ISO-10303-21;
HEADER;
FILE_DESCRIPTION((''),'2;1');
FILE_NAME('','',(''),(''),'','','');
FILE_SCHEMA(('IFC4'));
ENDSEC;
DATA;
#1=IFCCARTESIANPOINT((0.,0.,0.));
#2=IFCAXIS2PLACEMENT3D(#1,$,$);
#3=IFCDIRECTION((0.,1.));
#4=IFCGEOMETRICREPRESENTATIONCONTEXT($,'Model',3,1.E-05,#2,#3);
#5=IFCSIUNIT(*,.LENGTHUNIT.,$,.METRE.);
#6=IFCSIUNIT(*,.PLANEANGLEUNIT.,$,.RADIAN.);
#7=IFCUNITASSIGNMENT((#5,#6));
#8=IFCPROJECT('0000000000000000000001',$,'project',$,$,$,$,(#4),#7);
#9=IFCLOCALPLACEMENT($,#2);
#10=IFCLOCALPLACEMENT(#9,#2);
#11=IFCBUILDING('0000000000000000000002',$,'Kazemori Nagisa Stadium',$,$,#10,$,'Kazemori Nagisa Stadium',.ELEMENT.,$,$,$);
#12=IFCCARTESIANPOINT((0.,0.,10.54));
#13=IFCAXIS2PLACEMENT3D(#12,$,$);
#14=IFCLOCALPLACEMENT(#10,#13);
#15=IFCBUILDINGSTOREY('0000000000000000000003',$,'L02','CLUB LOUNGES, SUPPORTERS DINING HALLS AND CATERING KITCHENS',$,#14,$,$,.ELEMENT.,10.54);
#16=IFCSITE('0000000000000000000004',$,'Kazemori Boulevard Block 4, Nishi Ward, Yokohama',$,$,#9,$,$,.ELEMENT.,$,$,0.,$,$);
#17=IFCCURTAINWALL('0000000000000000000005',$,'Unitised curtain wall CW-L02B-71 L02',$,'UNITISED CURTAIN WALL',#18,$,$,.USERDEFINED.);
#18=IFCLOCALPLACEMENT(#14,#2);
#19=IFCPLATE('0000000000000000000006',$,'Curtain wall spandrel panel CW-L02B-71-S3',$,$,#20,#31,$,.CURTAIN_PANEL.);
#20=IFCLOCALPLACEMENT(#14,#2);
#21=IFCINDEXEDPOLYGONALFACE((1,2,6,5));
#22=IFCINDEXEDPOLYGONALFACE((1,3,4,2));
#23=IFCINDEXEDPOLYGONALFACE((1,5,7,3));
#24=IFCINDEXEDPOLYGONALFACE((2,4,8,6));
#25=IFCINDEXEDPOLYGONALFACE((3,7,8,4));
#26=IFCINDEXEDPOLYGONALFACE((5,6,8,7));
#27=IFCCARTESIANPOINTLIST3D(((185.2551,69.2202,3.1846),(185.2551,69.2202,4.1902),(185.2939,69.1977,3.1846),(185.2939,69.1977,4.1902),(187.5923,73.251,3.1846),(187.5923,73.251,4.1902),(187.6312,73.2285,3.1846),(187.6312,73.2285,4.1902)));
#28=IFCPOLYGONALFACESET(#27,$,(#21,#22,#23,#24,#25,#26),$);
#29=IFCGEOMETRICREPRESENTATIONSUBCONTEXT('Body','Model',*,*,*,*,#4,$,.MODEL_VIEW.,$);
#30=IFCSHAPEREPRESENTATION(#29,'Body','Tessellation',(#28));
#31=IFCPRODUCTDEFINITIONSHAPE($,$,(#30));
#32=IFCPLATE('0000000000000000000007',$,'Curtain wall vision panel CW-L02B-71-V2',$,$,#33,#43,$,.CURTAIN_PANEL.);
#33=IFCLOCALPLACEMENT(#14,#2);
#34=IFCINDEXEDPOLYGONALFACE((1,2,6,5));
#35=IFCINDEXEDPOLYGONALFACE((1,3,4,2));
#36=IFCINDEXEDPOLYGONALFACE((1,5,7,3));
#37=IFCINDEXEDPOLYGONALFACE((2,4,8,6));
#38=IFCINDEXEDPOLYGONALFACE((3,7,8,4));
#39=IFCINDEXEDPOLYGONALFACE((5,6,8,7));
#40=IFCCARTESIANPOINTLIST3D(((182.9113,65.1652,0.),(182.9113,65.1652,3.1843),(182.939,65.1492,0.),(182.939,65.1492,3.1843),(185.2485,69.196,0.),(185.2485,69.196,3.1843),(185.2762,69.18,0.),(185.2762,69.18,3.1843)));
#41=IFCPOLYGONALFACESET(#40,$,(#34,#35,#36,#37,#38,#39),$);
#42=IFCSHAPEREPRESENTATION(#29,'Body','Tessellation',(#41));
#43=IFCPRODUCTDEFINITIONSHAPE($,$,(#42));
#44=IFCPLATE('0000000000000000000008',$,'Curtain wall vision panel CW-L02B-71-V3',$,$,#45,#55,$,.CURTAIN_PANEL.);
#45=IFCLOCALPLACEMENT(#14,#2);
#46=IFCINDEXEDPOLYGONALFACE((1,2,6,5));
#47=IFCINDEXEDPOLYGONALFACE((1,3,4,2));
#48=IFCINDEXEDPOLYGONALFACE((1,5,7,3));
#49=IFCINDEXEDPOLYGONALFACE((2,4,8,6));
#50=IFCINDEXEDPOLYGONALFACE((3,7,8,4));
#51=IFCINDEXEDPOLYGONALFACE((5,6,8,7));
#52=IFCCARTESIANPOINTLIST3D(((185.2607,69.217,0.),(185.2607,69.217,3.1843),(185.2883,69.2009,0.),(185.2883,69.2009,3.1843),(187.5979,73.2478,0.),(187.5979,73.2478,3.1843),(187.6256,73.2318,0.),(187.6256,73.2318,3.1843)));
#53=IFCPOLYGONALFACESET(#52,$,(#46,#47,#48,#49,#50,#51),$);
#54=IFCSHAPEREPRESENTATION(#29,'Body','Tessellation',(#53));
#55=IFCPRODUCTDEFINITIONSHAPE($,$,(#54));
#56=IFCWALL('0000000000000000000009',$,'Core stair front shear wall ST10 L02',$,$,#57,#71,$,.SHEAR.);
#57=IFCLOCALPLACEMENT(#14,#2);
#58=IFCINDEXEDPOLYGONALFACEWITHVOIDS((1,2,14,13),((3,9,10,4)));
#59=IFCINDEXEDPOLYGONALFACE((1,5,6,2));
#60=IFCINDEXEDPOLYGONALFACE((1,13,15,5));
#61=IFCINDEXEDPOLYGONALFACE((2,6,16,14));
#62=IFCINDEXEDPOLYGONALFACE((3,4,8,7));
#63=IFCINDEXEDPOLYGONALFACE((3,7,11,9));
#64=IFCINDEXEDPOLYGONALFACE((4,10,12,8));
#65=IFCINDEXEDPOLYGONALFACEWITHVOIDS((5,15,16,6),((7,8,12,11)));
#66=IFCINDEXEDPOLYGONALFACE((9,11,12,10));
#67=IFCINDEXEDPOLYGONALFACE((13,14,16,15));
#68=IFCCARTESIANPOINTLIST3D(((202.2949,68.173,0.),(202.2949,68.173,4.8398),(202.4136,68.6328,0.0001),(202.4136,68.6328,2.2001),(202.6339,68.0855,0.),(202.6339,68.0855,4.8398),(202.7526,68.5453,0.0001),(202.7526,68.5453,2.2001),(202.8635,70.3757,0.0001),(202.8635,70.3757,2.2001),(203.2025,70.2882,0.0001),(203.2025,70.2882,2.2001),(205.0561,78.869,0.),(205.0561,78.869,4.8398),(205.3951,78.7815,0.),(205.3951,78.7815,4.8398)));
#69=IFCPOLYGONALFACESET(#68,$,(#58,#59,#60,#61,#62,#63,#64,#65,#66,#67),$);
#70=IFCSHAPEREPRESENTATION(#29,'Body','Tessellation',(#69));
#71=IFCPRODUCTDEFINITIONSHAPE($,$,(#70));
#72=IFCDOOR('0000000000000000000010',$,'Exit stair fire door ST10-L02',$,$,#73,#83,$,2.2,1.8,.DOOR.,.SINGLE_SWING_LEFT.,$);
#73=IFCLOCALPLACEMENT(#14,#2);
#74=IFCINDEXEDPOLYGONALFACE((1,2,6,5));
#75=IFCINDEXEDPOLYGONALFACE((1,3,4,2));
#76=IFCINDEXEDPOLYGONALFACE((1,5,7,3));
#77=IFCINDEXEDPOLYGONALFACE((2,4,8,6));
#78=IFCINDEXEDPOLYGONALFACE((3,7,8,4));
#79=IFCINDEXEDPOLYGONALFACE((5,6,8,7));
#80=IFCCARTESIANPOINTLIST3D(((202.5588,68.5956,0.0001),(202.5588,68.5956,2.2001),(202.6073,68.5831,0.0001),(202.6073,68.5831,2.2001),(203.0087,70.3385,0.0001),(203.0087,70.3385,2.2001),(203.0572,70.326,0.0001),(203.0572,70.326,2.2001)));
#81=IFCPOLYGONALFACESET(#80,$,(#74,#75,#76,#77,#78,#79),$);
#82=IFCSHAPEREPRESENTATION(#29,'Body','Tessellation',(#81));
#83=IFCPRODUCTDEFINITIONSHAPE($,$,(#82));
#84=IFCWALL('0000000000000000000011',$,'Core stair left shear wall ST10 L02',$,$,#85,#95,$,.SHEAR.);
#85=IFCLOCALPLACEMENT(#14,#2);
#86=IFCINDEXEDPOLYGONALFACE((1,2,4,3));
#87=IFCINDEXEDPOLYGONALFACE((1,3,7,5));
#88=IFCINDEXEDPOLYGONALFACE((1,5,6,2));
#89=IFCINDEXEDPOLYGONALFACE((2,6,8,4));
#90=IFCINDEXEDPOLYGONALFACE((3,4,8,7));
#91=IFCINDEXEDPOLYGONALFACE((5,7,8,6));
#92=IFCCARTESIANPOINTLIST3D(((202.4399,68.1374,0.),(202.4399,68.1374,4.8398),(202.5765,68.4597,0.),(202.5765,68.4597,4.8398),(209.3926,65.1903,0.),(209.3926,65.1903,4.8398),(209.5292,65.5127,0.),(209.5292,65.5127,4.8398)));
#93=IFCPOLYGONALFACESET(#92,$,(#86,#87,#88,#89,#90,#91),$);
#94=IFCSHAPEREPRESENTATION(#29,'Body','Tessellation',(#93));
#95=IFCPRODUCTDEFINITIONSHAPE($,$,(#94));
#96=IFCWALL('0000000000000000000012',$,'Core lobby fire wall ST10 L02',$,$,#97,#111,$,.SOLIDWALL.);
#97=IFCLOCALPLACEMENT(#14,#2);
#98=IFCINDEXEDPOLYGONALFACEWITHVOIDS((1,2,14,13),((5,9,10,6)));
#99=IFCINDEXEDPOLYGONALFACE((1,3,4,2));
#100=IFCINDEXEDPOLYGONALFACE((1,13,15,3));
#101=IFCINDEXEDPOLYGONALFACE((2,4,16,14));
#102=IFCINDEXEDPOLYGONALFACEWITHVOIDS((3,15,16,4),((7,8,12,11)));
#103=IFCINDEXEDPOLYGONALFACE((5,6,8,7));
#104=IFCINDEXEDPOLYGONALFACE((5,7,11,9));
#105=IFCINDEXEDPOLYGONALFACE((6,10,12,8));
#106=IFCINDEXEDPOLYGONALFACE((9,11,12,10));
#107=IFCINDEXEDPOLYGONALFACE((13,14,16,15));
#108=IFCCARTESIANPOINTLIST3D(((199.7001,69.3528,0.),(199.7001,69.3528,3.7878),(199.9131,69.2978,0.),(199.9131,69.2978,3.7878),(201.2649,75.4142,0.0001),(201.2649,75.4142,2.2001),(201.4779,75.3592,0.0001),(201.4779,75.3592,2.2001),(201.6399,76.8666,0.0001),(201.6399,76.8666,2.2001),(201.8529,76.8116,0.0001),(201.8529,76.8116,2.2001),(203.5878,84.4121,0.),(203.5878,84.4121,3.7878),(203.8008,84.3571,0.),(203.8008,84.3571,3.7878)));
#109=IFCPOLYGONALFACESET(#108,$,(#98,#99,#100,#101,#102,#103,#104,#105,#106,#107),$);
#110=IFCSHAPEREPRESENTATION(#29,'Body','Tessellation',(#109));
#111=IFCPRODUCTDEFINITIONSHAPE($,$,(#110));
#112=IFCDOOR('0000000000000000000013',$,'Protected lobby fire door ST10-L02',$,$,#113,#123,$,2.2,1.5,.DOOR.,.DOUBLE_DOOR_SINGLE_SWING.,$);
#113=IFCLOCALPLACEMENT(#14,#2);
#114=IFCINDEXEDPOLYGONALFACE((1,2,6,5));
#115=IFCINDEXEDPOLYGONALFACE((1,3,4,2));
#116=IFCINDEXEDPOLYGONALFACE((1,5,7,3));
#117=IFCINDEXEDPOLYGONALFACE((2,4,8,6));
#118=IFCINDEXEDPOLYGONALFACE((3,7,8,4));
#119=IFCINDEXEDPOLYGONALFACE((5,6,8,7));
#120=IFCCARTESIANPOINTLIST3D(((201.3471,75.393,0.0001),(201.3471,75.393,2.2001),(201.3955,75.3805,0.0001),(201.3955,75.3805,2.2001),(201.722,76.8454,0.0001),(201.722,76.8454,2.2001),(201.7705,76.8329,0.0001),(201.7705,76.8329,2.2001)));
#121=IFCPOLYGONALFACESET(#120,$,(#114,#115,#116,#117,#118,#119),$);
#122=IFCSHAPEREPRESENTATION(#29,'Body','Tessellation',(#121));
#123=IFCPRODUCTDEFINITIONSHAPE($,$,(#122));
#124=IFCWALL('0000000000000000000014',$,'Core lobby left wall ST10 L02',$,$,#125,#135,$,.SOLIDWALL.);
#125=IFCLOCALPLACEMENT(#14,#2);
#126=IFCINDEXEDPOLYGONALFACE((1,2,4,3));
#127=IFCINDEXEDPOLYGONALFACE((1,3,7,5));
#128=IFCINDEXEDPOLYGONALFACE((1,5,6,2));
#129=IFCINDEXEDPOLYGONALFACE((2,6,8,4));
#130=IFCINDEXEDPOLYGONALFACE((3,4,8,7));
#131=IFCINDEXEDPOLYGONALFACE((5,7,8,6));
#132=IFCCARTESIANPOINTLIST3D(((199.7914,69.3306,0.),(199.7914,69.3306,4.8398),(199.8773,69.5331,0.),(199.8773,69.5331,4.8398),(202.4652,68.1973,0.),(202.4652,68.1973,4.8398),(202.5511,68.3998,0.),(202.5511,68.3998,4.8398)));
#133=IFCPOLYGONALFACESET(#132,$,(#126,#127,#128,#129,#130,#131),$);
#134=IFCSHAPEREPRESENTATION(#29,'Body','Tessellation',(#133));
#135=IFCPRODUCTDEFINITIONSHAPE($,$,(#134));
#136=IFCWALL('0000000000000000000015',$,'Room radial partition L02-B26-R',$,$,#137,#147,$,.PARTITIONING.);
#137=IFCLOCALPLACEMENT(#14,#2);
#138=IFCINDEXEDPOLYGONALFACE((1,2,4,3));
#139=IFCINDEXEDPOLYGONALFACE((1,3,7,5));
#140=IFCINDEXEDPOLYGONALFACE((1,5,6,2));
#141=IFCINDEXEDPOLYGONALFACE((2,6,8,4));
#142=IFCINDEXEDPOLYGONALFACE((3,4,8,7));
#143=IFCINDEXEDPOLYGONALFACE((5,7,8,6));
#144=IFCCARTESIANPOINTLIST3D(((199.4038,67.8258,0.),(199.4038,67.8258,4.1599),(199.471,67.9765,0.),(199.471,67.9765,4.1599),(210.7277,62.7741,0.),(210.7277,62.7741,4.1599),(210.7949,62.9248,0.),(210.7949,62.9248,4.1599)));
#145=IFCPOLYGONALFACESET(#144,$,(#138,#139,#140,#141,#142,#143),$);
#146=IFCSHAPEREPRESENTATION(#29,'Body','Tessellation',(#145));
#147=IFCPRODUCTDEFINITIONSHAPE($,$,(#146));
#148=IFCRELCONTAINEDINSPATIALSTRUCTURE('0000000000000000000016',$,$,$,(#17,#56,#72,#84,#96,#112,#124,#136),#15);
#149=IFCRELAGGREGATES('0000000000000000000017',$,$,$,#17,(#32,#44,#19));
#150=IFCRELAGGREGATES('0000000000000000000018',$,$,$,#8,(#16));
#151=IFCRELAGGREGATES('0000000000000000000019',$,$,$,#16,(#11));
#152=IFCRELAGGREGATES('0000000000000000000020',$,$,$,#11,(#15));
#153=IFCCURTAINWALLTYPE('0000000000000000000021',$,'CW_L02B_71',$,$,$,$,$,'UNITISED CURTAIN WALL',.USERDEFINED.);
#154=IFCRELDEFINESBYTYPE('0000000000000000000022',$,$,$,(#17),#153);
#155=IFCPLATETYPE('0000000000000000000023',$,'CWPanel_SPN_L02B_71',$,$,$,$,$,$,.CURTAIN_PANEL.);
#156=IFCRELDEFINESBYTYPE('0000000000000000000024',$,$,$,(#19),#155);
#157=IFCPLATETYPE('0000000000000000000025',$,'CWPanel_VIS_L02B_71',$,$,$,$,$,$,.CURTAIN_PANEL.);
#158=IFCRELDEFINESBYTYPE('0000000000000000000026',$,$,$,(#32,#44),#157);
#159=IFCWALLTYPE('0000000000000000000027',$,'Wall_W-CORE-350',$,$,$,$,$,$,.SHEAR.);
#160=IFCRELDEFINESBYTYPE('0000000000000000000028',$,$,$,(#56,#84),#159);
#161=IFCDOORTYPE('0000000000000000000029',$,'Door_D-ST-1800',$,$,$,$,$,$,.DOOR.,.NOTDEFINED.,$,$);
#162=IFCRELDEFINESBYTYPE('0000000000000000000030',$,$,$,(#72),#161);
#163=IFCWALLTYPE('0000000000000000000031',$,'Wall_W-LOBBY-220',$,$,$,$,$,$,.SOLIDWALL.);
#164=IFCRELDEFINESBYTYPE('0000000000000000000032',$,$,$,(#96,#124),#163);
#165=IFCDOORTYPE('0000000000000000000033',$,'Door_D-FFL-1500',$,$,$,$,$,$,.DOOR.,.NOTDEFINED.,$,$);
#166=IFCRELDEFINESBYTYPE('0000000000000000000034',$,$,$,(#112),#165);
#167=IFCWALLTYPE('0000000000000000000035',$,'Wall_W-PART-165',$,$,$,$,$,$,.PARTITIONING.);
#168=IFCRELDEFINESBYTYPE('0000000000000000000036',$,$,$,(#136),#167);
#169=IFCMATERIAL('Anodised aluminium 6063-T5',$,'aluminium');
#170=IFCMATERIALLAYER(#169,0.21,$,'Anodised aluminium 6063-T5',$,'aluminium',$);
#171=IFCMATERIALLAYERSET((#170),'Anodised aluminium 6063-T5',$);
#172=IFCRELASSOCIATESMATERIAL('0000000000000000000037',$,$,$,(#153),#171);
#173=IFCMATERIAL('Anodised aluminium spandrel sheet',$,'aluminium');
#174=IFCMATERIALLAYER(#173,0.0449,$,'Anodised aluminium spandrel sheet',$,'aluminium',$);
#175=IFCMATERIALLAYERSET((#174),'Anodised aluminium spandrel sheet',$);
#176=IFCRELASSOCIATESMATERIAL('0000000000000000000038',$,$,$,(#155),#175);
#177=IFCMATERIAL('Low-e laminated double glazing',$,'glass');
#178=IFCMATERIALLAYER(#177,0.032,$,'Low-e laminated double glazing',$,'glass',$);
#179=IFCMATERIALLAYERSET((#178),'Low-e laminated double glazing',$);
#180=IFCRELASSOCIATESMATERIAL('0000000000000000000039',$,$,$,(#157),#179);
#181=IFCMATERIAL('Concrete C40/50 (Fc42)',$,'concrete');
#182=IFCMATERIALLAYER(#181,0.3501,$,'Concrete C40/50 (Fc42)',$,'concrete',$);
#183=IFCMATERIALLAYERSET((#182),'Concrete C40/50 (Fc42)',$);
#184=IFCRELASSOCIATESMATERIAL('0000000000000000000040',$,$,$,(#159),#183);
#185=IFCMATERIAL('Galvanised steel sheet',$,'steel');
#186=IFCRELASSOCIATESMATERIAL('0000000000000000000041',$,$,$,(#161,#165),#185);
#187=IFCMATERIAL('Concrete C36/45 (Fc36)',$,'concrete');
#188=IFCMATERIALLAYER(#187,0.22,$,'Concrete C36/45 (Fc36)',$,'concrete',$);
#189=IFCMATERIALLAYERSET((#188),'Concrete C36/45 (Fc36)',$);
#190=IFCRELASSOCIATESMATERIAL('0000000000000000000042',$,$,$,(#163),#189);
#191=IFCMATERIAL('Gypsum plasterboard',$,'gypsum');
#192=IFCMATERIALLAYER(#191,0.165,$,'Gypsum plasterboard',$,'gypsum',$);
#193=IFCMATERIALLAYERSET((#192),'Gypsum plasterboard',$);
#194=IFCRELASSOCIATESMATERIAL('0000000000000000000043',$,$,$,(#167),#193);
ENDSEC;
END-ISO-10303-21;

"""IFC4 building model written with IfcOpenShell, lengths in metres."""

from ifc_helpers import new_model, si_unit, direction, frame, frame_2d, origin, origin_2d, place, context, subcontext, project, spatial, rectangle, extrude, material, layer, layer_set, type_object, element, fill, aggregate, save


model = new_model("IFC4")

# Units and contexts
model_context = context("Model", 3, precision=1e-05, world=origin(), true_north=direction((0.0, 1.0)))
body_context = subcontext(model_context, "Body", "Model", "MODEL_VIEW")
ifc_project = project(units=[si_unit("LENGTHUNIT", "METRE"), si_unit("PLANEANGLEUNIT", "RADIAN")], contexts=[model_context])

# Site, building, storey
site_placement = place(None, origin())
site = spatial("IfcSite", under=ifc_project, at=site_placement, Name="Kazemori Boulevard Block 4, Nishi Ward, Yokohama", CompositionType="ELEMENT", RefElevation=0.0)
building_placement = place(site_placement, origin())
building = spatial("IfcBuilding", under=site, at=building_placement, Name="Kazemori Nagisa Stadium", LongName="Kazemori Nagisa Stadium", CompositionType="ELEMENT")
storey_placement = place(building_placement, frame((0.0, 0.0, 10.54)))
storey = spatial("IfcBuildingStorey", under=building, at=storey_placement, Name="L02", Description="CLUB LOUNGES, SUPPORTERS DINING HALLS AND CATERING KITCHENS", CompositionType="ELEMENT", Elevation=10.54)

# Shared definitions
ifc_material_1 = material(Name="Concrete C40/50 (Fc42)", Category="concrete")

# Curtain wall, plates
ifc_material_2 = material(Name="Anodised aluminium 6063-T5", Category="aluminium")
ifc_layer_1 = layer(ifc_material_2, 0.21, Name="Anodised aluminium 6063-T5", Category="aluminium")
ifc_layer_set_1 = layer_set([ifc_layer_1], Name="Anodised aluminium 6063-T5")
curtain_wall_type = type_object("IfcCurtainWallType", Name="CW_L02B_71", ElementType="UNITISED CURTAIN WALL", PredefinedType="USERDEFINED", material=ifc_layer_set_1)
curtain_wall_placement = place(storey_placement, origin())
curtain_wall = element("IfcCurtainWall", 1, at=curtain_wall_placement, inside=storey, type_object=curtain_wall_type, Name="Unitised curtain wall CW-L02B-71 L02", ObjectType="UNITISED CURTAIN WALL", PredefinedType="USERDEFINED")
ifc_material_3 = material(Name="Anodised aluminium spandrel sheet", Category="aluminium")
ifc_layer_2 = layer(ifc_material_3, 0.0449, Name="Anodised aluminium spandrel sheet", Category="aluminium")
ifc_layer_set_2 = layer_set([ifc_layer_2], Name="Anodised aluminium spandrel sheet")
plate_type_1 = type_object("IfcPlateType", Name="CWPanel_SPN_L02B_71", PredefinedType="CURTAIN_PANEL", material=ifc_layer_set_2)
plate_1_placement = place(storey_placement, frame((186.4431, 71.2244, 3.1846), z_axis=(0.0, 0.0, 1.0), x_axis=(0.501612, 0.865093, 0.0)))
plate_1 = element("IfcPlate", 2, at=plate_1_placement, type_object=plate_type_1, Name="Curtain wall spandrel panel CW-L02B-71-S3", PredefinedType="CURTAIN_PANEL", context=body_context, shape_type="SweptSolid", body=[
    extrude(rectangle(XDim=4.6594, YDim=0.0449, at=origin_2d()), origin(), (0.0, 0.0, 1.0), 1.0056),
])
ifc_material_4 = material(Name="Low-e laminated double glazing", Category="glass")
ifc_layer_3 = layer(ifc_material_4, 0.032, Name="Low-e laminated double glazing", Category="glass")
ifc_layer_set_3 = layer_set([ifc_layer_3], Name="Low-e laminated double glazing")
plate_type_2 = type_object("IfcPlateType", Name="CWPanel_VIS_L02B_71", PredefinedType="CURTAIN_PANEL", material=ifc_layer_set_3)
plate_2_placement = place(storey_placement, frame((184.0938, 67.1726, 0.0), z_axis=(0.0, 0.0, 1.0), x_axis=(0.501612, 0.865093, 0.0)))
plate_2 = element("IfcPlate", 3, at=plate_2_placement, type_object=plate_type_2, Name="Curtain wall vision panel CW-L02B-71-V2", PredefinedType="CURTAIN_PANEL", context=body_context, shape_type="SweptSolid", body=[
    extrude(rectangle(XDim=4.6594, YDim=0.032, at=origin_2d()), origin(), (0.0, 0.0, 1.0), 3.1843),
])
plate_3_placement = place(storey_placement, frame((186.4431, 71.2244, 0.0), z_axis=(0.0, 0.0, 1.0), x_axis=(0.501612, 0.865093, 0.0)))
plate_3 = element("IfcPlate", 4, at=plate_3_placement, type_object=plate_type_2, Name="Curtain wall vision panel CW-L02B-71-V3", PredefinedType="CURTAIN_PANEL", context=body_context, shape_type="SweptSolid", body=[
    extrude(rectangle(XDim=4.6594, YDim=0.032, at=origin_2d()), origin(), (0.0, 0.0, 1.0), 3.1843),
])
aggregate(curtain_wall, [plate_2, plate_3, plate_1])

# Wall, opening, door
ifc_layer_4 = layer(ifc_material_1, 0.3501, Name="Concrete C40/50 (Fc42)", Category="concrete")
ifc_layer_set_4 = layer_set([ifc_layer_4], Name="Concrete C40/50 (Fc42)")
wall_type_1 = type_object("IfcWallType", Name="Wall_W-CORE-350", PredefinedType="SHEAR", material=ifc_layer_set_4)
wall_1_placement = place(storey_placement, frame((202.4644, 68.1292, 0.0), z_axis=(0.0, 0.0, 1.0), x_axis=(0.24996, 0.968256, 0.0)))
wall_1 = element("IfcWall", 5, at=wall_1_placement, inside=storey, type_object=wall_type_1, Name="Core stair front shear wall ST10 L02", PredefinedType="SHEAR", context=body_context, shape_type="SweptSolid", body=[
    extrude(rectangle(XDim=11.0466, YDim=0.3501, at=frame_2d((5.5234, 0.0))), origin(), (0.0, 0.0, 1.0), 4.8398),
])
opening_1_placement = place(wall_1_placement, frame((0.4751, 0.0, 0.0)))
opening_1 = element("IfcOpeningElement", 6, at=opening_1_placement, cuts=wall_1, PredefinedType="OPENING", context=body_context, shape_type="SweptSolid", body=[
    extrude(rectangle(XDim=1.8, YDim=2.2, at=frame_2d((0.8999, 1.1001))), frame((0.0, 0.1851, 0.0), z_axis=(0.0, -1.0, 0.0), x_axis=(1.0, 0.0, 0.0)), (0.0, 0.0, 1.0), 0.3701),
])
ifc_material_5 = material(Name="Galvanised steel sheet", Category="steel")
door_type_1 = type_object("IfcDoorType", Name="Door_D-ST-1800", OperationType="NOTDEFINED", PredefinedType="DOOR", material=ifc_material_5)
door_1_placement = place(opening_1_placement, frame((1.8, 0.0, 0.0), z_axis=(0.0, 0.0, 1.0), x_axis=(-1.0, 0.0, 0.0)))
door_1 = element("IfcDoor", 7, at=door_1_placement, inside=storey, type_object=door_type_1, Name="Exit stair fire door ST10-L02", OperationType="SINGLE_SWING_LEFT", OverallHeight=2.2, OverallWidth=1.8, PredefinedType="DOOR", context=body_context, shape_type="SweptSolid", body=[
    extrude(rectangle(XDim=1.8, YDim=2.2, at=frame_2d((0.8999, 1.1001))), frame((0.0, 0.0249, 0.0), z_axis=(0.0, -1.0, 0.0), x_axis=(1.0, 0.0, 0.0)), (0.0, 0.0, 1.0), 0.05),
])
fill(opening_1, door_1)

# Wall
wall_2_placement = place(storey_placement, frame((202.5081, 68.2986, 0.0), z_axis=(0.0, 0.0, 1.0), x_axis=(0.920705, -0.39026, 0.0)))
element("IfcWall", 8, at=wall_2_placement, inside=storey, type_object=wall_type_1, Name="Core stair left shear wall ST10 L02", PredefinedType="SHEAR", context=body_context, shape_type="SweptSolid", body=[
    extrude(rectangle(XDim=7.5515, YDim=0.3501, at=frame_2d((3.7759, 0.0))), origin(), (0.0, 0.0, 1.0), 4.8398),
])

# Wall, opening, door
ifc_material_6 = material(Name="Concrete C36/45 (Fc36)", Category="concrete")
ifc_layer_5 = layer(ifc_material_6, 0.22, Name="Concrete C36/45 (Fc36)", Category="concrete")
ifc_layer_set_5 = layer_set([ifc_layer_5], Name="Concrete C36/45 (Fc36)")
wall_type_2 = type_object("IfcWallType", Name="Wall_W-LOBBY-220", PredefinedType="SOLIDWALL", material=ifc_layer_set_5)
wall_3_placement = place(storey_placement, frame((199.8066, 69.3254, 0.0), z_axis=(0.0, 0.0, 1.0), x_axis=(0.249963, 0.968255, 0.0)))
wall_3 = element("IfcWall", 9, at=wall_3_placement, inside=storey, type_object=wall_type_2, Name="Core lobby fire wall ST10 L02", PredefinedType="SOLIDWALL", context=body_context, shape_type="SweptSolid", body=[
    extrude(rectangle(XDim=15.553, YDim=0.22, at=frame_2d((7.7764, 0.0))), origin(), (0.0, 0.0, 1.0), 3.7878),
])
opening_2_placement = place(wall_3_placement, frame((6.26, 0.0, 0.0)))
opening_2 = element("IfcOpeningElement", 10, at=opening_2_placement, cuts=wall_3, PredefinedType="OPENING", context=body_context, shape_type="SweptSolid", body=[
    extrude(rectangle(XDim=1.5, YDim=2.2, at=frame_2d((0.75, 1.1001))), frame((0.0, 0.1199, 0.0), z_axis=(0.0, -1.0, 0.0), x_axis=(1.0, 0.0, 0.0)), (0.0, 0.0, 1.0), 0.24),
])
door_type_2 = type_object("IfcDoorType", Name="Door_D-FFL-1500", OperationType="NOTDEFINED", PredefinedType="DOOR", material=ifc_material_5)
door_2_placement = place(opening_2_placement, frame((1.5, 0.0, 0.0), z_axis=(0.0, 0.0, 1.0), x_axis=(-1.0, 0.0, 0.0)))
door_2 = element("IfcDoor", 11, at=door_2_placement, inside=storey, type_object=door_type_2, Name="Protected lobby fire door ST10-L02", OperationType="DOUBLE_DOOR_SINGLE_SWING", OverallHeight=2.2, OverallWidth=1.5, PredefinedType="DOOR", context=body_context, shape_type="SweptSolid", body=[
    extrude(rectangle(XDim=1.5, YDim=2.2, at=frame_2d((0.75, 1.1001))), frame((0.0, 0.0249, 0.0), z_axis=(0.0, -1.0, 0.0), x_axis=(1.0, 0.0, 0.0)), (0.0, 0.0, 1.0), 0.05),
])
fill(opening_2, door_2)

# Walls
wall_4_placement = place(storey_placement, frame((199.8342, 69.4319, 0.0), z_axis=(0.0, 0.0, 1.0), x_axis=(0.920712, -0.390243, 0.0)))
element("IfcWall", 12, at=wall_4_placement, inside=storey, type_object=wall_type_2, Name="Core lobby left wall ST10 L02", PredefinedType="SOLIDWALL", context=body_context, shape_type="SweptSolid", body=[
    extrude(rectangle(XDim=2.9041, YDim=0.22, at=frame_2d((1.4521, 0.0))), origin(), (0.0, 0.0, 1.0), 4.8398),
])
ifc_material_7 = material(Name="Gypsum plasterboard", Category="gypsum")
ifc_layer_6 = layer(ifc_material_7, 0.165, Name="Gypsum plasterboard", Category="gypsum")
ifc_layer_set_6 = layer_set([ifc_layer_6], Name="Gypsum plasterboard")
wall_type_3 = type_object("IfcWallType", Name="Wall_W-PART-165", PredefinedType="PARTITIONING", material=ifc_layer_set_6)
wall_5_placement = place(storey_placement, frame((199.4375, 67.9011, 0.0), z_axis=(0.0, 0.0, 1.0), x_axis=(0.913246, -0.40741, 0.0)))
element("IfcWall", 13, at=wall_5_placement, inside=storey, type_object=wall_type_3, Name="Room radial partition L02-B26-R", PredefinedType="PARTITIONING", context=body_context, shape_type="SweptSolid", body=[
    extrude(rectangle(XDim=12.3997, YDim=0.165, at=frame_2d((6.1997, 0.0))), origin(), (0.0, 0.0, 1.0), 4.1599),
])

save(model, "model.ifc")
